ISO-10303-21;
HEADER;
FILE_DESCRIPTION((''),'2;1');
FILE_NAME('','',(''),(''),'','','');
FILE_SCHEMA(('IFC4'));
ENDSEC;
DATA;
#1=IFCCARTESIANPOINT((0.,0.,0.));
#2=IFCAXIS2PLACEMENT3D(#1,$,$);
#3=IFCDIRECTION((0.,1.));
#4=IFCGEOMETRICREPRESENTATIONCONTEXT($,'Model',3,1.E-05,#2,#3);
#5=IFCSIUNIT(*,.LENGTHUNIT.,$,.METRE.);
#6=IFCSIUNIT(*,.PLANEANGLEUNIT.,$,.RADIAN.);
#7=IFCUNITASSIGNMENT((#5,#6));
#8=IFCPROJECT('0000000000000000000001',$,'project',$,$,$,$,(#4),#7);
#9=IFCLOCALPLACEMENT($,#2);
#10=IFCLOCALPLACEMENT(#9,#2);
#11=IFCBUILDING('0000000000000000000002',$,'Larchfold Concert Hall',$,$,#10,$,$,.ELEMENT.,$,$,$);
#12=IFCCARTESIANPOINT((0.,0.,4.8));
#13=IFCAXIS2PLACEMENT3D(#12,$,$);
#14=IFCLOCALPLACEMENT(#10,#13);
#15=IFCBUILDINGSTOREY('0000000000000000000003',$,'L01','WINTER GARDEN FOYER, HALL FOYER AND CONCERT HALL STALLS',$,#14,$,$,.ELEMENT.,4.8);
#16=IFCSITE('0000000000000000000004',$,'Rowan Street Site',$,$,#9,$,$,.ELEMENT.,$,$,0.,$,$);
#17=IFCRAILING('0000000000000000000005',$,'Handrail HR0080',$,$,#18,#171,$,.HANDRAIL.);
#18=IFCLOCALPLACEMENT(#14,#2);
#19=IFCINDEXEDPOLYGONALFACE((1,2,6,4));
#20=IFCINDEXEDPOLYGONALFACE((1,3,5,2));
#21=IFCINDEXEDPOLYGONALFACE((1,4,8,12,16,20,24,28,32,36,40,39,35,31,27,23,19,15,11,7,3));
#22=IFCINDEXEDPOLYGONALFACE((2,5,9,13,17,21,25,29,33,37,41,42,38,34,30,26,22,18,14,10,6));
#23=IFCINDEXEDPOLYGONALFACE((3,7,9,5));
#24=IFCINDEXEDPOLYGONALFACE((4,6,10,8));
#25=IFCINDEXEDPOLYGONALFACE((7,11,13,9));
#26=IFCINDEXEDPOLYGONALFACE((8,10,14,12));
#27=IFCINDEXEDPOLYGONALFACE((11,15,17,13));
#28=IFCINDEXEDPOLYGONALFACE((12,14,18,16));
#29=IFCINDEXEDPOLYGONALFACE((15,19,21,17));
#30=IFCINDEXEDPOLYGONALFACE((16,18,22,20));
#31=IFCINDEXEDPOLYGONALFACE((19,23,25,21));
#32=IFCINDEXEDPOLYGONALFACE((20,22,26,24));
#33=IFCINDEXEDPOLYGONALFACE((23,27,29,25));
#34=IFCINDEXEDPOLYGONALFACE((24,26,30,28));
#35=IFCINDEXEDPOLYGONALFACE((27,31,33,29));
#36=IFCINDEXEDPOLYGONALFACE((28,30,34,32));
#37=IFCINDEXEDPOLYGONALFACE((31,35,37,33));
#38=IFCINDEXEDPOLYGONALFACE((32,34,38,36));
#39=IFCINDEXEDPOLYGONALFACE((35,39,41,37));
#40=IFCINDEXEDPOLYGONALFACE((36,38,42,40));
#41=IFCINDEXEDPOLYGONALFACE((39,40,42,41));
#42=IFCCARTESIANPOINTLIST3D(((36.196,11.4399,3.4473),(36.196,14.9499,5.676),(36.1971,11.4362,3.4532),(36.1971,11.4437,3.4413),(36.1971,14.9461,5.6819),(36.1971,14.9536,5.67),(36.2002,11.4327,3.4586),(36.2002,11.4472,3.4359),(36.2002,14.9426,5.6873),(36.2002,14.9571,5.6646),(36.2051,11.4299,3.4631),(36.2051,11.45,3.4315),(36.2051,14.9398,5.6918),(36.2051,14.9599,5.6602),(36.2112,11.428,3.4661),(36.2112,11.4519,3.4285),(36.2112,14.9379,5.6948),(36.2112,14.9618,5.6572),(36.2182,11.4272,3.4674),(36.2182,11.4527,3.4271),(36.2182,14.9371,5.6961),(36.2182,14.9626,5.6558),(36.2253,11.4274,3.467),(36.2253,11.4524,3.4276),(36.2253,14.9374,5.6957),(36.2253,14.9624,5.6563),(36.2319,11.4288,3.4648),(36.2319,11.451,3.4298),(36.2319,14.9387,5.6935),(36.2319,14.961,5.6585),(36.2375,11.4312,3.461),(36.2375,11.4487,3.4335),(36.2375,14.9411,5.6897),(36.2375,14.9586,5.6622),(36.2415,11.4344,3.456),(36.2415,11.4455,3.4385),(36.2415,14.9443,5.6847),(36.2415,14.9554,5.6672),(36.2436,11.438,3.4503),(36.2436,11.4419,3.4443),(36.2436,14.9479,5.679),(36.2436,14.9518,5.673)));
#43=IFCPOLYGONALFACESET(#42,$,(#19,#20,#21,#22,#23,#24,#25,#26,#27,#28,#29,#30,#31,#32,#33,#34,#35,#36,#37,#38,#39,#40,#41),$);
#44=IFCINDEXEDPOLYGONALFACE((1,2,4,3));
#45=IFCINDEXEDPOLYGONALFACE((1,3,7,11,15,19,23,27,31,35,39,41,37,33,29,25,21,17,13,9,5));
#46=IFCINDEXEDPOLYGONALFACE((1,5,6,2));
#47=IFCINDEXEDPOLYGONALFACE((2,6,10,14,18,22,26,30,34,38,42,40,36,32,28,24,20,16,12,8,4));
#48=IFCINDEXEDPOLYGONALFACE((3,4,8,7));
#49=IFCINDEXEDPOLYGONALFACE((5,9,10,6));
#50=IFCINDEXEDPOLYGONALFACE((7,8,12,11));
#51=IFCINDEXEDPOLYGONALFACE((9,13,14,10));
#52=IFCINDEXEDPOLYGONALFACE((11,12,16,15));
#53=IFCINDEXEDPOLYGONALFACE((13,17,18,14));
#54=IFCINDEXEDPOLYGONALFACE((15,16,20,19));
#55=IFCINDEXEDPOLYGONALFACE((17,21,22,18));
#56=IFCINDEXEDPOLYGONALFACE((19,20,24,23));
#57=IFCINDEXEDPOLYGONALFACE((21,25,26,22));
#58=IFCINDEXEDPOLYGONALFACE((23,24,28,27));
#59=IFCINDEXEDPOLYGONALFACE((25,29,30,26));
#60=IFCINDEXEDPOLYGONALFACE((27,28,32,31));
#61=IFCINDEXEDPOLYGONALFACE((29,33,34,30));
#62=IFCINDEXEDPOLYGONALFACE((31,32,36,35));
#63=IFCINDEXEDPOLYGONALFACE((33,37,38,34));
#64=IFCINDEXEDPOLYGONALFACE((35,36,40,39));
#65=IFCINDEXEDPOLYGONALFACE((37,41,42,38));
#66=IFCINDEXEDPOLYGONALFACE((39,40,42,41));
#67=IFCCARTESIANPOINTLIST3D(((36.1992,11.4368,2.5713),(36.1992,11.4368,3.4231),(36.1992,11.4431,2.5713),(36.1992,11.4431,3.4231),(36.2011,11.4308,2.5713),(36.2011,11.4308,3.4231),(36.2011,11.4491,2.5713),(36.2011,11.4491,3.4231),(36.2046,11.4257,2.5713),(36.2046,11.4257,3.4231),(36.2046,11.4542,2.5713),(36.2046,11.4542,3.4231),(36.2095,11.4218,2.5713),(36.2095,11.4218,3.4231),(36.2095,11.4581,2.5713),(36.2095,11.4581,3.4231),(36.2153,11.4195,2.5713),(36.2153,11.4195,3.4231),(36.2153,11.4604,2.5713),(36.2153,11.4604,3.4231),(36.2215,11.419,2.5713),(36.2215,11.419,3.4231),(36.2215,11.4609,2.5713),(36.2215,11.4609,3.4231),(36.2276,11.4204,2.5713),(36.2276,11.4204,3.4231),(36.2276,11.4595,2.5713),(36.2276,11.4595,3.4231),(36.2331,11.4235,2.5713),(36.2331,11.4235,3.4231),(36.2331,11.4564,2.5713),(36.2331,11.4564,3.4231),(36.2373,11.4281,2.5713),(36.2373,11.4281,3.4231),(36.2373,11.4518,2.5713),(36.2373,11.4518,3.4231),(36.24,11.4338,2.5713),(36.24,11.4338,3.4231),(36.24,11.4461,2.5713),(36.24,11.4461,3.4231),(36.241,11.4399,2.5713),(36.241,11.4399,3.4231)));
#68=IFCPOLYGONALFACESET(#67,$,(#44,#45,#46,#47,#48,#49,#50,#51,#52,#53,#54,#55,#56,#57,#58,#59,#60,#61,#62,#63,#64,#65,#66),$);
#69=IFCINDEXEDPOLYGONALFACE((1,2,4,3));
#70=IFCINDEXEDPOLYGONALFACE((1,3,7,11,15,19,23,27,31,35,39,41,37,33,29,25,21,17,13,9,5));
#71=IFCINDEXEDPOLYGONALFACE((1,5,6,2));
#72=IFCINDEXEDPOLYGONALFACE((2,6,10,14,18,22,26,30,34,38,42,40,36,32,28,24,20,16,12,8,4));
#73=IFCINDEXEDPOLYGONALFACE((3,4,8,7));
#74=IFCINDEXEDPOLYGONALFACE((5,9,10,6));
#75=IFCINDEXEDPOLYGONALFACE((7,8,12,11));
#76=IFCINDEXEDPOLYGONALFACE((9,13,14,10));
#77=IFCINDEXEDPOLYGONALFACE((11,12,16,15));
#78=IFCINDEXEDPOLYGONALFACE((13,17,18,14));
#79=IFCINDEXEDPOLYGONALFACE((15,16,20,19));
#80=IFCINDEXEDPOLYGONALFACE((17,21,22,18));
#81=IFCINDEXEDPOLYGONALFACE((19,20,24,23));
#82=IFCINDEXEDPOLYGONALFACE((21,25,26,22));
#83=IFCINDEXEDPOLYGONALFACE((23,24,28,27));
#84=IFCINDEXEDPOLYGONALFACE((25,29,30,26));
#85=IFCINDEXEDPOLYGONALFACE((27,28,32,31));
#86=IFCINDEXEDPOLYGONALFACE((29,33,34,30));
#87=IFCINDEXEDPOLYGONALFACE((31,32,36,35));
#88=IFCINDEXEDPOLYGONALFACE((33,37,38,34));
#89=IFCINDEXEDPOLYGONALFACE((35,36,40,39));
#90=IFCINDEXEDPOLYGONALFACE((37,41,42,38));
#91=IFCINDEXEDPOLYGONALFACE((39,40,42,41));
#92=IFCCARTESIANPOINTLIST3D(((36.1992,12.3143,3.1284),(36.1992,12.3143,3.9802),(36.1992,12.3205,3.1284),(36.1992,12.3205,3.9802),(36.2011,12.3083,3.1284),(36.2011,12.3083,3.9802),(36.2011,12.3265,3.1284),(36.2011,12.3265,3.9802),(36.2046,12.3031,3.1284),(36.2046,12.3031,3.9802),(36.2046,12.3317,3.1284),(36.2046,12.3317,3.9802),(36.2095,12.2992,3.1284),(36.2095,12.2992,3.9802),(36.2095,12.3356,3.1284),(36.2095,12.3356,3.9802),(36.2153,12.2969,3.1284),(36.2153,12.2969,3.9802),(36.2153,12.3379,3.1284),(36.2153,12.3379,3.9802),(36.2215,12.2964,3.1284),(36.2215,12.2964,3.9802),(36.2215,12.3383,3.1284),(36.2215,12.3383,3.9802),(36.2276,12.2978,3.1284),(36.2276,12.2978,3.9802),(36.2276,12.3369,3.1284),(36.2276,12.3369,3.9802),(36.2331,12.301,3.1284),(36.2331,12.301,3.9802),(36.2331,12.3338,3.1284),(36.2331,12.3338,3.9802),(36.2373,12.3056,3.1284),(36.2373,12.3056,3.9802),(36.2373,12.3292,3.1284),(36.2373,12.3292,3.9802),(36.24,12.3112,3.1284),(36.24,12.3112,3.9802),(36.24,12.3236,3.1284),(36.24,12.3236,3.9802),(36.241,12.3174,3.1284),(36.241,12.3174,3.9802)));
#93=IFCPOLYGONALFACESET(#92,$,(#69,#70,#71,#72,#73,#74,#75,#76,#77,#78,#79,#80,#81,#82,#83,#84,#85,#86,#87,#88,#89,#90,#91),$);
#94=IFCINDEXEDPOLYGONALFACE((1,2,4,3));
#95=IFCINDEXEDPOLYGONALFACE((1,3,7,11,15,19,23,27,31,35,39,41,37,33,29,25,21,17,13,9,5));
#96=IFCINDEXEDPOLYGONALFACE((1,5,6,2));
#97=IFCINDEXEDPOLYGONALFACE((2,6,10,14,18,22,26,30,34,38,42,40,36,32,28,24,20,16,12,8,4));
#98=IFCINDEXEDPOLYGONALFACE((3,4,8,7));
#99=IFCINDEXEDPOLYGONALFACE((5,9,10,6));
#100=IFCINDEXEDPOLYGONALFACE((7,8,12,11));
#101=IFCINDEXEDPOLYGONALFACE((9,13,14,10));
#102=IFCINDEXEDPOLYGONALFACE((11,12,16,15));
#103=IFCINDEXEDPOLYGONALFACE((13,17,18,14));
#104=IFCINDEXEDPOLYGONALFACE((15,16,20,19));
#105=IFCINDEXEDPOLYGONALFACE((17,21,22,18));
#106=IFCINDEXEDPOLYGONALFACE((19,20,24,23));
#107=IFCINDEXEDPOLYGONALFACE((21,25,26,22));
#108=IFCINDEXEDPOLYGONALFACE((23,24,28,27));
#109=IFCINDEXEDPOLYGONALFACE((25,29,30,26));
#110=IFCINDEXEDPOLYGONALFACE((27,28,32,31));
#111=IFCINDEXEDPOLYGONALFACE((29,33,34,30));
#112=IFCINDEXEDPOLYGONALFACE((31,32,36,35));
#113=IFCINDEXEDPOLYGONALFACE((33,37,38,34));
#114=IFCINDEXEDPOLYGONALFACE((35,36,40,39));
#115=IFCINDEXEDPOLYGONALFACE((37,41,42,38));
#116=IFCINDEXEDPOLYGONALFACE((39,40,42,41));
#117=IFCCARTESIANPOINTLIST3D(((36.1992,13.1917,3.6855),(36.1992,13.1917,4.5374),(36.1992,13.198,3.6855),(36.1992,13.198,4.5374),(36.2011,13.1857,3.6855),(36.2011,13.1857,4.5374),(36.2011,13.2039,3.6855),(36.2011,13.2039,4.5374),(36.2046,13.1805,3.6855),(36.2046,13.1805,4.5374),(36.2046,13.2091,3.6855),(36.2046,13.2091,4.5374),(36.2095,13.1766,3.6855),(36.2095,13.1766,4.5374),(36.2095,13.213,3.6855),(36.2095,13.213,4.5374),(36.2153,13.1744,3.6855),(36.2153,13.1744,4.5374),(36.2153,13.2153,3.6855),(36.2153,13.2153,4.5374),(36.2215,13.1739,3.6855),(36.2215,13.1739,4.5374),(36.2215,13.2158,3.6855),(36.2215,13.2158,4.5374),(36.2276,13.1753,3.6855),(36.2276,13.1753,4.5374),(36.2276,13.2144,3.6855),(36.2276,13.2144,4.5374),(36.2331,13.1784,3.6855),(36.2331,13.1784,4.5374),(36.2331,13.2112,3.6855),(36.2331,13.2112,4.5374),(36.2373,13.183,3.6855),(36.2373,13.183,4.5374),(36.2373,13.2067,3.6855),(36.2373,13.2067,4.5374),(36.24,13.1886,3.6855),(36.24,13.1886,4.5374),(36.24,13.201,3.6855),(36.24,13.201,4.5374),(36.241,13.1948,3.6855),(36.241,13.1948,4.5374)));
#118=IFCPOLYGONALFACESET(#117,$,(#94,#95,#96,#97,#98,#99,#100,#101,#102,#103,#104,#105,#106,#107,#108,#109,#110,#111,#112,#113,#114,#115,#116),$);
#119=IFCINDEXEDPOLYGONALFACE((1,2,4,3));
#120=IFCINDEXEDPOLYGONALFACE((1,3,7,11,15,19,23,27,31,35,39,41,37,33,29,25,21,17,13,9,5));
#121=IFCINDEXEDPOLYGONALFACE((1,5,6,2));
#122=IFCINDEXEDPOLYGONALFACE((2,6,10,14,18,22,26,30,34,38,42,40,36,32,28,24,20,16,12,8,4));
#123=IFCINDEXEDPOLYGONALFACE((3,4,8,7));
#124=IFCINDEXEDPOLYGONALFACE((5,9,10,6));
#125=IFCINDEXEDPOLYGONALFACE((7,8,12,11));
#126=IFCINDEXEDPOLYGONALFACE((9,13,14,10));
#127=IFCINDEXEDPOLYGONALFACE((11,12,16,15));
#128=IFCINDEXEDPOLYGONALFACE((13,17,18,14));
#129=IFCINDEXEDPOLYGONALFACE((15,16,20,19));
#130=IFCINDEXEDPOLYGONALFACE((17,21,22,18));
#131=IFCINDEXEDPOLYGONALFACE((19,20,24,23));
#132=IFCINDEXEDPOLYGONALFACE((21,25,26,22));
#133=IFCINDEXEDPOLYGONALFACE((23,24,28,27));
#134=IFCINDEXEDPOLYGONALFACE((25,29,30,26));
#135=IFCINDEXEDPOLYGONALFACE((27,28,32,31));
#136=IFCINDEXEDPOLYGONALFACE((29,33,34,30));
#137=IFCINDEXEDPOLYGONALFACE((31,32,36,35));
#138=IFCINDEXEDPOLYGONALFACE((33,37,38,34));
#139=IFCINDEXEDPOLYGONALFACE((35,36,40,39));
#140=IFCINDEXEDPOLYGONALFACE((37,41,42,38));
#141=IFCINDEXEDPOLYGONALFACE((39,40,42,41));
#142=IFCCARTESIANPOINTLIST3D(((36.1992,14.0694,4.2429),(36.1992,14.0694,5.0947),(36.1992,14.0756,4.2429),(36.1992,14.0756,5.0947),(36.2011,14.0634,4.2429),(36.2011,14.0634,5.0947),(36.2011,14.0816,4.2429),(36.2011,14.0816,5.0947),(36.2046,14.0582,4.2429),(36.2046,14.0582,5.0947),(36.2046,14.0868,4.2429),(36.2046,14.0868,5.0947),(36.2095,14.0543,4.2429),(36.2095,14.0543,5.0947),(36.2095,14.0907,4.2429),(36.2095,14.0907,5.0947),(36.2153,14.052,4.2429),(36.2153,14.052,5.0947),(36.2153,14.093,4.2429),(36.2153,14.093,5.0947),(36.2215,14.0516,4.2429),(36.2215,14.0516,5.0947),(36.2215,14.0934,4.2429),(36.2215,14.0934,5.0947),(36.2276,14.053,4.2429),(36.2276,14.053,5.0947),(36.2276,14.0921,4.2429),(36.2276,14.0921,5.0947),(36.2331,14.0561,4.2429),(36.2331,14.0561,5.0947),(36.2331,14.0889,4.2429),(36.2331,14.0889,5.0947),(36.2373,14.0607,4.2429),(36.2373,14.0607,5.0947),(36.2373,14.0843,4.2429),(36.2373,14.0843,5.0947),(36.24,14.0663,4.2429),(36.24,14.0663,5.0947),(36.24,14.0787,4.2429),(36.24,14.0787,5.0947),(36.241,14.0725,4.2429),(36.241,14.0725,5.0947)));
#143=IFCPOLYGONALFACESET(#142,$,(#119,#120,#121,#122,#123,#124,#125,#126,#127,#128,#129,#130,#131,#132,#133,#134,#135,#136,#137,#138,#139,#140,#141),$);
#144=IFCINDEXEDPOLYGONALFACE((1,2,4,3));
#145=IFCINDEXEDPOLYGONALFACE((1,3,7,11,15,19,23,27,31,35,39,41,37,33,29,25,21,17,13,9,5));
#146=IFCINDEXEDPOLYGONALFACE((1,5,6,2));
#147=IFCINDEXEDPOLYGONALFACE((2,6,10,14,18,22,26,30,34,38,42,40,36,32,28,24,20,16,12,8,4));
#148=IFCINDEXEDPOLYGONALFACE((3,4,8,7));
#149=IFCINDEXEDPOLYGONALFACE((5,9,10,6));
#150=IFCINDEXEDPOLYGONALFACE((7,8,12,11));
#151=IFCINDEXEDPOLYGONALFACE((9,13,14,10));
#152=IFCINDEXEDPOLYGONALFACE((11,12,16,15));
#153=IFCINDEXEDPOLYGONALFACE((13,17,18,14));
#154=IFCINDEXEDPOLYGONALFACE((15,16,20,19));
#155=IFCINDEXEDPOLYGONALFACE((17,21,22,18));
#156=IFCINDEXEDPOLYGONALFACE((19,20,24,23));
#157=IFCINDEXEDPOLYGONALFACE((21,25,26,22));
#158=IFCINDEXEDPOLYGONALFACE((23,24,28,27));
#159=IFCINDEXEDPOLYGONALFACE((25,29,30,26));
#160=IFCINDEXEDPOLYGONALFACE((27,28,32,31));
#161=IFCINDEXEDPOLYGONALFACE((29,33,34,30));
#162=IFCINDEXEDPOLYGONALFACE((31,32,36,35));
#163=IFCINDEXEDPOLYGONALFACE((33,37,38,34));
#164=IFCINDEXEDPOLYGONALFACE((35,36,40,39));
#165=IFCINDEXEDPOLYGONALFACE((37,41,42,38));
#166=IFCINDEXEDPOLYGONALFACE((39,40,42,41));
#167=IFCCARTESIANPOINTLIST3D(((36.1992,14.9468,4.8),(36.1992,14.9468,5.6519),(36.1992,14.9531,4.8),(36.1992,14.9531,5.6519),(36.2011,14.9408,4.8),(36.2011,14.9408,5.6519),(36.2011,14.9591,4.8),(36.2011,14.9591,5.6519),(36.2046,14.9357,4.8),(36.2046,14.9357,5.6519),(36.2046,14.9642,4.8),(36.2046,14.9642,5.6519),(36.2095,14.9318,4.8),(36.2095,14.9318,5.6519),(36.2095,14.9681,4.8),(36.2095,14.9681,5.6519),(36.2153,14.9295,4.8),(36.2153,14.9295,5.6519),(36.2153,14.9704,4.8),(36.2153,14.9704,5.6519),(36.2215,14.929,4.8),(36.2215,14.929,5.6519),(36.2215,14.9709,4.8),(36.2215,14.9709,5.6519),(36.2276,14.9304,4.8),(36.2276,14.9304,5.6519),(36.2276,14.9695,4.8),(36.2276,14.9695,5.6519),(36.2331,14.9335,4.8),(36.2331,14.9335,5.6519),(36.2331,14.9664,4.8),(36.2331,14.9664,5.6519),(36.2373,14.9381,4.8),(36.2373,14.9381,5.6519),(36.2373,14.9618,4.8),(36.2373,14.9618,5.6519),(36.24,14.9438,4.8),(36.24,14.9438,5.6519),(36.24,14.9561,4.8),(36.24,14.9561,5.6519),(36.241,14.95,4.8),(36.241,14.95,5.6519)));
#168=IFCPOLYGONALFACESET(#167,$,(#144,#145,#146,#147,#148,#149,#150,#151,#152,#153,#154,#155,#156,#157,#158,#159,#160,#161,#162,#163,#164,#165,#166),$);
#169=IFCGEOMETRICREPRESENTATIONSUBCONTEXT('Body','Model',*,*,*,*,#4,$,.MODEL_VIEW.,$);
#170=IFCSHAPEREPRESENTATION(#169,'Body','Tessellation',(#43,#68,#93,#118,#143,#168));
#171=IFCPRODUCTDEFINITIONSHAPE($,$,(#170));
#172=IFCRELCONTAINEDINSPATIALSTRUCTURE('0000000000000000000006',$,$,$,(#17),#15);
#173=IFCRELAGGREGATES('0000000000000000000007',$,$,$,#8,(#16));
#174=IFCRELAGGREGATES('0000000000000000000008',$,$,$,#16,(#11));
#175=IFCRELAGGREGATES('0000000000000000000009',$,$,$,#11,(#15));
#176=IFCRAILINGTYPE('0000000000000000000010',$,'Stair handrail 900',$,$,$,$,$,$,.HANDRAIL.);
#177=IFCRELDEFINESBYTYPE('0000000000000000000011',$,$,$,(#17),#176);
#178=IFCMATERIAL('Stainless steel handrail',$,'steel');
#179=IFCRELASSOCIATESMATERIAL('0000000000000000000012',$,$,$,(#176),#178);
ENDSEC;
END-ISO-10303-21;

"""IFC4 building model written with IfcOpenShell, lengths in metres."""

from ifc_helpers import new_model, si_unit, direction, frame, origin, origin_2d, place, context, subcontext, project, spatial, circle, extrude, material, type_object, element, save


model = new_model("IFC4")

# Units and contexts
model_context = context("Model", 3, precision=1e-05, world=origin(), true_north=direction((0.0, 1.0)))
body_context = subcontext(model_context, "Body", "Model", "MODEL_VIEW")
ifc_project = project(units=[si_unit("LENGTHUNIT", "METRE"), si_unit("PLANEANGLEUNIT", "RADIAN")], contexts=[model_context])

# Site, building, storey
site_placement = place(None, origin())
site = spatial("IfcSite", under=ifc_project, at=site_placement, Name="Rowan Street Site", CompositionType="ELEMENT", RefElevation=0.0)
building_placement = place(site_placement, origin())
building = spatial("IfcBuilding", under=site, at=building_placement, Name="Larchfold Concert Hall", CompositionType="ELEMENT")
storey_placement = place(building_placement, frame((0.0, 0.0, 4.8)))
storey = spatial("IfcBuildingStorey", under=building, at=storey_placement, Name="L01", Description="WINTER GARDEN FOYER, HALL FOYER AND CONCERT HALL STALLS", CompositionType="ELEMENT", Elevation=4.8)

# Railing
ifc_material_1 = material(Name="Stainless steel handrail", Category="steel")
railing_type_1 = type_object("IfcRailingType", Name="Stair handrail 900", PredefinedType="HANDRAIL", material=ifc_material_1)
railing_1_placement = place(storey_placement, frame((36.22, 11.4399, 2.5713)))
element("IfcRailing", 1, at=railing_1_placement, inside=storey, type_object=railing_type_1, Name="Handrail HR0080", PredefinedType="HANDRAIL", context=body_context, shape_type="SweptSolid", body=[
    extrude(circle(Radius=0.0239, at=origin_2d()), frame((0.0, 0.0, 0.876), z_axis=(0.0, 0.844193, 0.536039), x_axis=(-1.0, 0.0, 0.0)), (0.0, 0.0, 1.0), 4.1577),
    extrude(circle(Radius=0.021, at=origin_2d()), origin(), (0.0, 0.0, 1.0), 0.8518),
    extrude(circle(Radius=0.021, at=origin_2d()), frame((0.0, 0.8774, 0.5571)), (0.0, 0.0, 1.0), 0.8518),
    extrude(circle(Radius=0.021, at=origin_2d()), frame((0.0, 1.7549, 1.1143)), (0.0, 0.0, 1.0), 0.8518),
    extrude(circle(Radius=0.021, at=origin_2d()), frame((0.0, 2.6326, 1.6716)), (0.0, 0.0, 1.0), 0.8518),
    extrude(circle(Radius=0.021, at=origin_2d()), frame((0.0, 3.51, 2.2288)), (0.0, 0.0, 1.0), 0.8518),
])

save(model, "model.ifc")
